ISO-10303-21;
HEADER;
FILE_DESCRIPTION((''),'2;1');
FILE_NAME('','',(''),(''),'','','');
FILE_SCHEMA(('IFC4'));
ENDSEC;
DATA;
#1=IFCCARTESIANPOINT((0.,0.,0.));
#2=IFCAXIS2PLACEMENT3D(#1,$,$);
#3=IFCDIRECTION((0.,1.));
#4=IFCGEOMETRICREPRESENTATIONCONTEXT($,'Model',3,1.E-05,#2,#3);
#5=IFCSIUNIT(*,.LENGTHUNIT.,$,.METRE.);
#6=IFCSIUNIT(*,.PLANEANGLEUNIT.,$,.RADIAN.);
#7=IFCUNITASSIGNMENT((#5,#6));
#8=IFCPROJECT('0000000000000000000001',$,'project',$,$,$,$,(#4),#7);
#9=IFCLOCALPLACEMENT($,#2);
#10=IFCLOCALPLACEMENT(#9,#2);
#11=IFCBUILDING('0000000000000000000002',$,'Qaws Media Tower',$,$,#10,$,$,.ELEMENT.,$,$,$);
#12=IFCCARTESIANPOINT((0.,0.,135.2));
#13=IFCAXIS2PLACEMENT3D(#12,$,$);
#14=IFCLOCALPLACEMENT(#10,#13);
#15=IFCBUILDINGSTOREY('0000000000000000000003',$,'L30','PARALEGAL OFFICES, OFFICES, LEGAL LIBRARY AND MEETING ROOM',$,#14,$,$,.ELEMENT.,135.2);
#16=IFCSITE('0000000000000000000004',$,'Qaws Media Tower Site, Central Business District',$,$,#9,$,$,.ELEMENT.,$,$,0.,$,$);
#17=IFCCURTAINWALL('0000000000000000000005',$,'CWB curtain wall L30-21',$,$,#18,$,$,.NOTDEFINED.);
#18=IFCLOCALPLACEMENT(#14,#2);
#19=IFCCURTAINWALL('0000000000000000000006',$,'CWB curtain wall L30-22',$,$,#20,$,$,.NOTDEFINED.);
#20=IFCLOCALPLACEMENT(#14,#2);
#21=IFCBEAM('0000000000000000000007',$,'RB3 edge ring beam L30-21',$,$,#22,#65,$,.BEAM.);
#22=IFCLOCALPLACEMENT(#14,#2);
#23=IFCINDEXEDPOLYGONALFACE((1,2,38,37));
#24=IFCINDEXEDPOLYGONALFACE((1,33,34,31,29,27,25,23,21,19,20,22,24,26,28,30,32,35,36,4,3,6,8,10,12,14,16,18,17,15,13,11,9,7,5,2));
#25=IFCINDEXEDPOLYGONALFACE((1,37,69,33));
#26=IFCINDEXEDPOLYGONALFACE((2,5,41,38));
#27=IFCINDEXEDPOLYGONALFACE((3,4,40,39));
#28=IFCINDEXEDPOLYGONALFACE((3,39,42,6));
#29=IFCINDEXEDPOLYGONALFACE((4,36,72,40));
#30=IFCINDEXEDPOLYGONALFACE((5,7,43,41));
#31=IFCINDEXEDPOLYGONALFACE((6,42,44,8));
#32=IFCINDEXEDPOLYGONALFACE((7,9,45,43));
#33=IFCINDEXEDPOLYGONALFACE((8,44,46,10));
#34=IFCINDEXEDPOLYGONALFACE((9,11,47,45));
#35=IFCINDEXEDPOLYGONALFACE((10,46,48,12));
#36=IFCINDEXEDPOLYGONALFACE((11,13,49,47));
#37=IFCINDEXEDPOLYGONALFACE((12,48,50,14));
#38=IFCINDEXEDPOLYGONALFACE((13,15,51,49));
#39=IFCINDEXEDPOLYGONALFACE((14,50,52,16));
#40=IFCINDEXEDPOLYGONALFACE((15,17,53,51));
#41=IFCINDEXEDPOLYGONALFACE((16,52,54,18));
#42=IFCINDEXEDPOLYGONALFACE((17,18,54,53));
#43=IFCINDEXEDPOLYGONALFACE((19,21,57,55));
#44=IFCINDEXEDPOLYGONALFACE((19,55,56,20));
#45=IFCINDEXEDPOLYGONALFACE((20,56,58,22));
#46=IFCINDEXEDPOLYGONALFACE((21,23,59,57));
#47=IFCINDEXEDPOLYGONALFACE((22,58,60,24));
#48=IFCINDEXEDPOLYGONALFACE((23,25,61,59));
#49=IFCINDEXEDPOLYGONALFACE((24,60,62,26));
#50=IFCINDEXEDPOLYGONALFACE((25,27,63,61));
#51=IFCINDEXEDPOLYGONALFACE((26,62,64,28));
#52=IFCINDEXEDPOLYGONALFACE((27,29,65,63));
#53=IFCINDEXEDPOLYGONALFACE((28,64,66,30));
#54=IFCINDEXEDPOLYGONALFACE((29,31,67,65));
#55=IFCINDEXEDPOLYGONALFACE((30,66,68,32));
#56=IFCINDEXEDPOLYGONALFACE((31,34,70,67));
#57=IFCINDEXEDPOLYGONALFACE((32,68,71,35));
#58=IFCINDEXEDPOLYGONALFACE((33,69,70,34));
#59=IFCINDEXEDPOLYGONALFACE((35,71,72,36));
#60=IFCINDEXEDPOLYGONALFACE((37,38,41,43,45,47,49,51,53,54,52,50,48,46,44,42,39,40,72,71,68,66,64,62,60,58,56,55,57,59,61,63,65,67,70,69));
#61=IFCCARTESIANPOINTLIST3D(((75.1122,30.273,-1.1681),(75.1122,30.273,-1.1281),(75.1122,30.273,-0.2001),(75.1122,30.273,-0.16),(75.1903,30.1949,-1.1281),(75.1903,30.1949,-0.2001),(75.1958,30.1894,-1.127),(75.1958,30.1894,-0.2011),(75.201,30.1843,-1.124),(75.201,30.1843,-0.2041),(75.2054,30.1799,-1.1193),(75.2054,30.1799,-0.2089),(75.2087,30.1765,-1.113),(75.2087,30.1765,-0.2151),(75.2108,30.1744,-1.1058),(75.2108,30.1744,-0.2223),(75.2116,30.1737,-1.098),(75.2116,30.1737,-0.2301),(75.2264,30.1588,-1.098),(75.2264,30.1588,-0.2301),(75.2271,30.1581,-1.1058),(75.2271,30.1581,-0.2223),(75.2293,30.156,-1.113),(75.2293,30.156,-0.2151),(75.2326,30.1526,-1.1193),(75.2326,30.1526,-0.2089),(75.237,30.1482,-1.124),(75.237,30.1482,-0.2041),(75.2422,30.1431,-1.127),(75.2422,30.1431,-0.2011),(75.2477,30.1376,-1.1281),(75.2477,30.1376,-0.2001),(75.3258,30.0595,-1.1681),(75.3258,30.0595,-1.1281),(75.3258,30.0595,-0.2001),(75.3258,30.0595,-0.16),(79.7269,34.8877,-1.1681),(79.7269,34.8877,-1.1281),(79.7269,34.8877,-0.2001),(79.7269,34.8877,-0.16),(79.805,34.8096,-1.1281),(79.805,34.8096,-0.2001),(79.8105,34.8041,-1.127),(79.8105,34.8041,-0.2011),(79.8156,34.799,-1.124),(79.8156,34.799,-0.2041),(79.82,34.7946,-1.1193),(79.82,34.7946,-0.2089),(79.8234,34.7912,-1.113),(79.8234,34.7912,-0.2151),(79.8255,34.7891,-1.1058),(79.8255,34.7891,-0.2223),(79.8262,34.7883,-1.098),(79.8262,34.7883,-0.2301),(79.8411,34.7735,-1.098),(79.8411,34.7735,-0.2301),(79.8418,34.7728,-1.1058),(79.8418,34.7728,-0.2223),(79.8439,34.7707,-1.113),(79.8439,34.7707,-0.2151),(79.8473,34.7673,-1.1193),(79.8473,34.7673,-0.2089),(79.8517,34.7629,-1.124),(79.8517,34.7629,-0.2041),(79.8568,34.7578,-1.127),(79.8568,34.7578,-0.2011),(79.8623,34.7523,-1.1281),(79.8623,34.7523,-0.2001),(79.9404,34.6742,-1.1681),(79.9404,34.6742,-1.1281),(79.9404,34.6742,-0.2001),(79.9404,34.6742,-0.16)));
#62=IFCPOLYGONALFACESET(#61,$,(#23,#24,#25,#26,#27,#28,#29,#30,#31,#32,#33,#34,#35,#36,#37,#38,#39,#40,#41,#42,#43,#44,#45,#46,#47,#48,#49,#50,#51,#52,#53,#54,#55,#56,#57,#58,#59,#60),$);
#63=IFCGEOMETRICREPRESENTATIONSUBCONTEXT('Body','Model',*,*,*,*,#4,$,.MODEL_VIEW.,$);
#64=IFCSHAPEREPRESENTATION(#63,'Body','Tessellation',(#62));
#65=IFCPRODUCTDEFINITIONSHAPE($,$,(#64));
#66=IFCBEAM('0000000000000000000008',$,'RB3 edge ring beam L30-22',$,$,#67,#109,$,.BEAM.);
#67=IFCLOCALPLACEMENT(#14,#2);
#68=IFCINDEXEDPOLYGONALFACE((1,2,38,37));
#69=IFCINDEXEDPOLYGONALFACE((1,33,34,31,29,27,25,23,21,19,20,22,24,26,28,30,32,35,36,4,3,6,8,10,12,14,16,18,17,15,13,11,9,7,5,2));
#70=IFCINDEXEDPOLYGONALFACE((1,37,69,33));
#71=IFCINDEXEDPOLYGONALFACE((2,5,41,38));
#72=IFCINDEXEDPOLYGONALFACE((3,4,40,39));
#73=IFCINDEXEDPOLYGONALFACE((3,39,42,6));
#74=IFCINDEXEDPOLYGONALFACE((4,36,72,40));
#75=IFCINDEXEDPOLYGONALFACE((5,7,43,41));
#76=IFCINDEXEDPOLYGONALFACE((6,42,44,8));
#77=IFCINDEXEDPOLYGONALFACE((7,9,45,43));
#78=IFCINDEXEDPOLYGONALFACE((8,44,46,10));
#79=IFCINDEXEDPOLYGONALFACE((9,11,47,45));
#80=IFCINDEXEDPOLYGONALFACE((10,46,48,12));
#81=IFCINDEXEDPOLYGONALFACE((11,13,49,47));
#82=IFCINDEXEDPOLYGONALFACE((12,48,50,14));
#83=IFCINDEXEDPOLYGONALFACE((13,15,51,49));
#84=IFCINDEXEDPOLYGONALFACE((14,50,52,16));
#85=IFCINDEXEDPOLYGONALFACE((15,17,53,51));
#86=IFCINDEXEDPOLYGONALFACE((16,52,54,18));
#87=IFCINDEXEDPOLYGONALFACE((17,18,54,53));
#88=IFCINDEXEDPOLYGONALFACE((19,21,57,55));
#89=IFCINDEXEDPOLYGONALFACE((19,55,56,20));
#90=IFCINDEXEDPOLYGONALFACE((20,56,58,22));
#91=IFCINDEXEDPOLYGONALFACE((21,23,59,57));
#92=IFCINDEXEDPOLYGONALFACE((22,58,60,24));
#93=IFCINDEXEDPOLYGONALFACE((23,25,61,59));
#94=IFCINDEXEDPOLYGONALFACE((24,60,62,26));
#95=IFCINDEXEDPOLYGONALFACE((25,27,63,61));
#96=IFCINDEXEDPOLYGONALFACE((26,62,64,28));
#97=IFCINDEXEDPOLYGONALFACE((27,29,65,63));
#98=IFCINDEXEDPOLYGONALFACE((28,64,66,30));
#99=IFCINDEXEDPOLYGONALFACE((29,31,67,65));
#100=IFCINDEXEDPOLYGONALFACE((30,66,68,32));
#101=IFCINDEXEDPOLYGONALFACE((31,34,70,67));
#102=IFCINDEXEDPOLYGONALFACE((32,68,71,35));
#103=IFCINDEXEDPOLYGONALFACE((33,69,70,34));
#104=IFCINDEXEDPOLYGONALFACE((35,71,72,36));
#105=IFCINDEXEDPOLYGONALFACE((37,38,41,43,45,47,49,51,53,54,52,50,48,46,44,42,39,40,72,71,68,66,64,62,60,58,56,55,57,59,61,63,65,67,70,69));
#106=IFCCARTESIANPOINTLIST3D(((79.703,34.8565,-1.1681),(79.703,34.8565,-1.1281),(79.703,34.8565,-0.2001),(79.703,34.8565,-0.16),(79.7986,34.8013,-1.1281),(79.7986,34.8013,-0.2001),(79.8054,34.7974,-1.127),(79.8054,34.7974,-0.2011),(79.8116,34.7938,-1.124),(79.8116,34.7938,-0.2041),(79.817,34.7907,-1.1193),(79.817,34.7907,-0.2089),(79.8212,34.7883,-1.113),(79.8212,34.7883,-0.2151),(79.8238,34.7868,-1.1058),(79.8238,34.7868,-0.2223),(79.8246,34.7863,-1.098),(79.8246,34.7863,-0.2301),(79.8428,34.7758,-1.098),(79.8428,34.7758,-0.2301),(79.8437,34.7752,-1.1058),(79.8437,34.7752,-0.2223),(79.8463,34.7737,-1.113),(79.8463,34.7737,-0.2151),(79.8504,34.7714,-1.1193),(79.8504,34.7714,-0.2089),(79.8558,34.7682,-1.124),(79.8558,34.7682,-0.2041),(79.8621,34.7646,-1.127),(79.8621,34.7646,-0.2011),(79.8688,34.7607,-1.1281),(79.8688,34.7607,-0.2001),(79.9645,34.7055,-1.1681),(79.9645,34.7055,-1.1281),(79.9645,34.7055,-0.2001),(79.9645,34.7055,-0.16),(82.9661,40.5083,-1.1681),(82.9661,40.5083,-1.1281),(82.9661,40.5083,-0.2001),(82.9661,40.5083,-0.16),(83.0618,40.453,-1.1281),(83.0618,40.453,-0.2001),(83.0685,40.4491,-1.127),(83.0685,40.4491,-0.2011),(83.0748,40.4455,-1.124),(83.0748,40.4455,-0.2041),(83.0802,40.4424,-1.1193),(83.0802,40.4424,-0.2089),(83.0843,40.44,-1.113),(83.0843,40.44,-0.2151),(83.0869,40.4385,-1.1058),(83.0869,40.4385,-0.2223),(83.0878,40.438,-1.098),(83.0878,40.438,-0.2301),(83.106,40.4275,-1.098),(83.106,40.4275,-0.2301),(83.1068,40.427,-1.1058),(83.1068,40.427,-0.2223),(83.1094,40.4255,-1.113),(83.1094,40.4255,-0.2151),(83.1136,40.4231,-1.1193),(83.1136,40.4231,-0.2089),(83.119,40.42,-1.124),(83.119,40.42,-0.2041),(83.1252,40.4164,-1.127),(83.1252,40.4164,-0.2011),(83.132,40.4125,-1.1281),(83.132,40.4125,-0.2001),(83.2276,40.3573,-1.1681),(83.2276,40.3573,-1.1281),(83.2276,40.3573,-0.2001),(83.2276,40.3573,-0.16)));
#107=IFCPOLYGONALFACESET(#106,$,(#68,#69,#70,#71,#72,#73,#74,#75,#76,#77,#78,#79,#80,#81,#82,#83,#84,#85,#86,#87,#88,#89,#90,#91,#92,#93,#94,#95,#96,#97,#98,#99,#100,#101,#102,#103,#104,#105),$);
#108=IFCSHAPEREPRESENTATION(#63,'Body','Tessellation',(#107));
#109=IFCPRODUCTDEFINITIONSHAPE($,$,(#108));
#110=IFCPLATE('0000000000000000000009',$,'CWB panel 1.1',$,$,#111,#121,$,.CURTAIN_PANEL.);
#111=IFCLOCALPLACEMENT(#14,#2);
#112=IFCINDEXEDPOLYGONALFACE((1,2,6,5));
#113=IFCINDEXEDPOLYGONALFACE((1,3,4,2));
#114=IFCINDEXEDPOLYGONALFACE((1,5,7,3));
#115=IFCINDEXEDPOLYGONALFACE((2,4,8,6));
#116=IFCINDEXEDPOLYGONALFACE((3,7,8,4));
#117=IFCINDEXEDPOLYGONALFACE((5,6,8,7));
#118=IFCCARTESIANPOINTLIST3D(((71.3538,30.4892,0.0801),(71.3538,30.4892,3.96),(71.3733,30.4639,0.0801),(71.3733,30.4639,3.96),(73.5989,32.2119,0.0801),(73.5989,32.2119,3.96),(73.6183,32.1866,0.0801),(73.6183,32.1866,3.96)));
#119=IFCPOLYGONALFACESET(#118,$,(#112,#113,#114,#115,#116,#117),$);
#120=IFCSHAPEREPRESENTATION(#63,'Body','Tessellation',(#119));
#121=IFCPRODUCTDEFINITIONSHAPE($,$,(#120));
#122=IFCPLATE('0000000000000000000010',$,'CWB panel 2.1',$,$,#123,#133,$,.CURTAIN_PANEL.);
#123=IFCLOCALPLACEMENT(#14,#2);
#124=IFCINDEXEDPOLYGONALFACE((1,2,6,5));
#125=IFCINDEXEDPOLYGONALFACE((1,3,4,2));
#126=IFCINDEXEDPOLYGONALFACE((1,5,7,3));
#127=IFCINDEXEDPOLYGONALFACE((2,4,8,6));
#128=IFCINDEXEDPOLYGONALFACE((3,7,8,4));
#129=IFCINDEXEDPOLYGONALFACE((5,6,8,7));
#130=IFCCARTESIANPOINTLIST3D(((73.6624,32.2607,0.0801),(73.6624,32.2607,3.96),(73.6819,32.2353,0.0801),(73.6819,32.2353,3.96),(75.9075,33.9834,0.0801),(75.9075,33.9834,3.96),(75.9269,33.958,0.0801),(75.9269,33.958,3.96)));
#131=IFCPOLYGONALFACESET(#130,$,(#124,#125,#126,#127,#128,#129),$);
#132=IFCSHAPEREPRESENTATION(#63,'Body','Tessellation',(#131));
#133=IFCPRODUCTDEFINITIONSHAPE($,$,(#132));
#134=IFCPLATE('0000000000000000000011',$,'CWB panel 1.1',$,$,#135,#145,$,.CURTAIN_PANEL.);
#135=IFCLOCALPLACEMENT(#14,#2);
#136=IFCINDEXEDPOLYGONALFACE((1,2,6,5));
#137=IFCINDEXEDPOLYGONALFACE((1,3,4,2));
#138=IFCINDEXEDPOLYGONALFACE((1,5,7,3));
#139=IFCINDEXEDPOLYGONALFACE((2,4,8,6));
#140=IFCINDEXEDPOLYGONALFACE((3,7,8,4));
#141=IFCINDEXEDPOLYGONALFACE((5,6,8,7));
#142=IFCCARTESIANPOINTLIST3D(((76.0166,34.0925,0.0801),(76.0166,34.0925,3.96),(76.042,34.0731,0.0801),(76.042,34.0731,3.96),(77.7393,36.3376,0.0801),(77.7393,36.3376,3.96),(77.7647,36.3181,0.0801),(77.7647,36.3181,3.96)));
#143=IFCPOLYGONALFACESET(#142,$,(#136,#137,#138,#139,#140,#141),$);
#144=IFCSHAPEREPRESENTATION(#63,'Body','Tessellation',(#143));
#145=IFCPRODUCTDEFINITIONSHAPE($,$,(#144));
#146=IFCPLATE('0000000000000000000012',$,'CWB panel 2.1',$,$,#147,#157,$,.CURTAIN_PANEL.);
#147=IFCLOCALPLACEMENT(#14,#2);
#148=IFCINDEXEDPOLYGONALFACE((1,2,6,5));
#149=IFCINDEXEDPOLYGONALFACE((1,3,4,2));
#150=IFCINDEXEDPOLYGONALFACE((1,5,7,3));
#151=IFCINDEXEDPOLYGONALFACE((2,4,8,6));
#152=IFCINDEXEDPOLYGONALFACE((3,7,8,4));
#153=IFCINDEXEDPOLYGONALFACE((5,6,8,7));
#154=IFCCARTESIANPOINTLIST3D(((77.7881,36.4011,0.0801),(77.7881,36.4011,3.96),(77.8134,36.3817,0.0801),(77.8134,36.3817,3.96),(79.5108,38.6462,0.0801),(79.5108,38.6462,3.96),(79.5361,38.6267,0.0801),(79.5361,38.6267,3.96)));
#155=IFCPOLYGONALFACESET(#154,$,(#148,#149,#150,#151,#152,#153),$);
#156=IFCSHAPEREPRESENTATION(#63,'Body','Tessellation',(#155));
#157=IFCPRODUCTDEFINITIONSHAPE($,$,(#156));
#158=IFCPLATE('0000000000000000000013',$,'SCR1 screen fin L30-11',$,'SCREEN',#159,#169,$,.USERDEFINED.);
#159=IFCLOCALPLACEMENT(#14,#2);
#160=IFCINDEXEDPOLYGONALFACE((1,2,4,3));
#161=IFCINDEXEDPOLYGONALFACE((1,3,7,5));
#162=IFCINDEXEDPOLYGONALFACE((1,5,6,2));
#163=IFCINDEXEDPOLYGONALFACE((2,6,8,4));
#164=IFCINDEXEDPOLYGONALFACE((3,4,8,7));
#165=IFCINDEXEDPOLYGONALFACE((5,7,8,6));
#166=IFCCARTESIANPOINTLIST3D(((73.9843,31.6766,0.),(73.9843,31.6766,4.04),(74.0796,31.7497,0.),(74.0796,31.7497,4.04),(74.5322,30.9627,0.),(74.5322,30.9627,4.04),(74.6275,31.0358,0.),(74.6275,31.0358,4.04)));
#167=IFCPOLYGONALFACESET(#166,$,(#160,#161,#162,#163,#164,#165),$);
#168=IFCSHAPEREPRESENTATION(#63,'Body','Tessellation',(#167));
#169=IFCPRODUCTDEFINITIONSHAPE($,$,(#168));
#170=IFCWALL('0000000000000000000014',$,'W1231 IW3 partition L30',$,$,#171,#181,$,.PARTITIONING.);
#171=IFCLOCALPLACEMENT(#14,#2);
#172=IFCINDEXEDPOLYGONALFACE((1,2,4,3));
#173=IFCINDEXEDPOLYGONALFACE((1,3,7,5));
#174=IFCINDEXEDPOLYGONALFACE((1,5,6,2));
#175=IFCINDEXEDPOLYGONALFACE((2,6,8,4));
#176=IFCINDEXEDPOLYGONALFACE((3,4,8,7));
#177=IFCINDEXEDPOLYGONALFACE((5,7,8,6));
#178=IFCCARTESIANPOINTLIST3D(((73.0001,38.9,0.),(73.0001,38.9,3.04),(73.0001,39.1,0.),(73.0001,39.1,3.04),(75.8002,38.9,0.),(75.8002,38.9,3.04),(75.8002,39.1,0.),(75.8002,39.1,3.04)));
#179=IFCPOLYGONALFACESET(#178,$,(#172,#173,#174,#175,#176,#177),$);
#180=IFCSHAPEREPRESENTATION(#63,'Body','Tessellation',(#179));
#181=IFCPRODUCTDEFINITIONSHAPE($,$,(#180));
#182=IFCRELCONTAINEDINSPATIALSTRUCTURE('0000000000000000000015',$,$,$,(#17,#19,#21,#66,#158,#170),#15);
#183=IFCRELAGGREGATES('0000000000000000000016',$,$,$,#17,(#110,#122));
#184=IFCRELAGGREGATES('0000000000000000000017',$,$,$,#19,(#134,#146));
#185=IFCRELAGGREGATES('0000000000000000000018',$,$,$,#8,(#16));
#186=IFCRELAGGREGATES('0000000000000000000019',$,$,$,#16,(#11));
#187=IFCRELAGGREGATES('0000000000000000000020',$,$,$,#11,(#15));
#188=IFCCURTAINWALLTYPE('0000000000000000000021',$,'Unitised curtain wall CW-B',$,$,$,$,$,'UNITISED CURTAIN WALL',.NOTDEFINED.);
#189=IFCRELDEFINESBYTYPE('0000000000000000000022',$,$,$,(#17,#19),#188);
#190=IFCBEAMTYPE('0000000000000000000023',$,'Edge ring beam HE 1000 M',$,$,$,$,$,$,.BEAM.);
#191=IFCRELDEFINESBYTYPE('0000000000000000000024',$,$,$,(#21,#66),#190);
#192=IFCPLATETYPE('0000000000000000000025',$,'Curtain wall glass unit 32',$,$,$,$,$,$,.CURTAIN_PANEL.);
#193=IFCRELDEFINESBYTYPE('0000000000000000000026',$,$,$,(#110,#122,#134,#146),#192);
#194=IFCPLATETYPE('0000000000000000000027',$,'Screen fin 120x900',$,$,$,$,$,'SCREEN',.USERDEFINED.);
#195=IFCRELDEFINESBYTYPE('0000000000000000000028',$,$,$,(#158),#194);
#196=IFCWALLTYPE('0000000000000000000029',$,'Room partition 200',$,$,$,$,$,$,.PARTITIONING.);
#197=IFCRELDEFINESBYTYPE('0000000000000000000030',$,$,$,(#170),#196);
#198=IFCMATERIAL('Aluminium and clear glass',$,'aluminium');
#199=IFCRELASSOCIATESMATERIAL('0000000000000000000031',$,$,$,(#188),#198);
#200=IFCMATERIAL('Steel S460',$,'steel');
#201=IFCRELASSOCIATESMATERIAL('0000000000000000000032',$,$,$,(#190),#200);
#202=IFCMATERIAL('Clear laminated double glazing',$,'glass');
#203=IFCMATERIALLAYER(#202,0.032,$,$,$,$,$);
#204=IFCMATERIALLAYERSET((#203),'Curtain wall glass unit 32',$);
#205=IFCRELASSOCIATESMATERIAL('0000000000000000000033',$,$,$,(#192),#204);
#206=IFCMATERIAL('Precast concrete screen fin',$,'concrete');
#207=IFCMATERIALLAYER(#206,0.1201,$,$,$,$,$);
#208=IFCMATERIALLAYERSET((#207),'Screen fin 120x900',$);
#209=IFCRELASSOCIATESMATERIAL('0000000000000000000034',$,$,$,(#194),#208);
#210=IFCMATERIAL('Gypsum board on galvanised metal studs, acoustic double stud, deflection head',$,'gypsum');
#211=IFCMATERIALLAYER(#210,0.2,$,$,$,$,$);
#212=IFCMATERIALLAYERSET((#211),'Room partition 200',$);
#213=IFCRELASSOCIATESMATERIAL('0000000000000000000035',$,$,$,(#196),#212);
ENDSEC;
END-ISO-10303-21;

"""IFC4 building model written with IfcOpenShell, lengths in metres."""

from ifc_helpers import new_model, si_unit, direction, frame, frame_2d, origin, origin_2d, place, context, subcontext, project, spatial, rectangle, i_section, extrude, material, layer, layer_set, material_profile, profile_set, type_object, element, aggregate, save


model = new_model("IFC4")

# Units and contexts
model_context = context("Model", 3, precision=1e-05, world=origin(), true_north=direction((0.0, 1.0)))
body_context = subcontext(model_context, "Body", "Model", "MODEL_VIEW")
ifc_project = project(units=[si_unit("LENGTHUNIT", "METRE"), si_unit("PLANEANGLEUNIT", "RADIAN")], contexts=[model_context])

# Site, building, storey
site_placement = place(None, origin())
site = spatial("IfcSite", under=ifc_project, at=site_placement, Name="Qaws Media Tower Site, Central Business District", CompositionType="ELEMENT", RefElevation=0.0)
building_placement = place(site_placement, origin())
building = spatial("IfcBuilding", under=site, at=building_placement, Name="Qaws Media Tower", CompositionType="ELEMENT")
storey_placement = place(building_placement, frame((0.0, 0.0, 135.2)))
storey = spatial("IfcBuildingStorey", under=building, at=storey_placement, Name="L30", Description="PARALEGAL OFFICES, OFFICES, LEGAL LIBRARY AND MEETING ROOM", CompositionType="ELEMENT", Elevation=135.2)

# Curtain walls
ifc_material_1 = material(Name="Aluminium and clear glass", Category="aluminium")
curtain_wall_type = type_object("IfcCurtainWallType", Name="Unitised curtain wall CW-B", ElementType="UNITISED CURTAIN WALL", PredefinedType="NOTDEFINED", material=ifc_material_1)
curtain_wall_1_placement = place(storey_placement, origin())
curtain_wall_1 = element("IfcCurtainWall", 1, at=curtain_wall_1_placement, inside=storey, type_object=curtain_wall_type, Name="CWB curtain wall L30-21", PredefinedType="NOTDEFINED")
curtain_wall_2_placement = place(storey_placement, origin())
curtain_wall_2 = element("IfcCurtainWall", 2, at=curtain_wall_2_placement, inside=storey, type_object=curtain_wall_type, Name="CWB curtain wall L30-22", PredefinedType="NOTDEFINED")

# Beams
ifc_material_2 = material(Name="Steel S460", Category="steel")
ifc_material_profile_1 = material_profile(ifc_material_2, i_section(OverallWidth=0.302, OverallDepth=1.0081, WebThickness=0.021, FlangeThickness=0.04, FilletRadius=0.03, at=origin_2d()), Name="HE 1000 M")
ifc_profile_set_1 = profile_set([ifc_material_profile_1], Name="Steel S460")
beam_type = type_object("IfcBeamType", Name="Edge ring beam HE 1000 M", PredefinedType="BEAM", material=ifc_profile_set_1)
for number, where, z_axis, x_axis, name in (
    (3, (75.219, 30.1663, -0.6641), (0.707107, 0.707107, 0.0), (-0.707107, 0.707107, 0.0), "RB3 edge ring beam L30-21"),
    (4, (79.8337, 34.781, -0.6641), (0.50001, 0.86602, 0.0), (-0.86602, 0.50001, 0.0), "RB3 edge ring beam L30-22"),
):
    element("IfcBeam", number, at=place(storey_placement, frame(where, z_axis=z_axis, x_axis=x_axis)), inside=storey, type_object=beam_type, Name=name, PredefinedType="BEAM", context=body_context, shape_type="SweptSolid", body=[
        extrude(i_section(OverallWidth=0.302, OverallDepth=1.0081, WebThickness=0.021, FlangeThickness=0.04, FilletRadius=0.03, at=origin_2d()), origin(), (0.0, 0.0, 1.0), 6.5261),
    ])

# Plates
ifc_material_3 = material(Name="Clear laminated double glazing", Category="glass")
ifc_layer_1 = layer(ifc_material_3, 0.032)
ifc_layer_set_1 = layer_set([ifc_layer_1], Name="Curtain wall glass unit 32")
plate_type_1 = type_object("IfcPlateType", Name="Curtain wall glass unit 32", PredefinedType="CURTAIN_PANEL", material=ifc_layer_set_1)
plate_1_placement = place(storey_placement, frame((72.4861, 31.3379, 0.0801), z_axis=(0.0, 0.0, 1.0), x_axis=(0.793353, 0.608761, 0.0)))
plate_1 = element("IfcPlate", 5, at=plate_1_placement, type_object=plate_type_1, Name="CWB panel 1.1", PredefinedType="CURTAIN_PANEL", context=body_context, shape_type="SweptSolid", body=[
    extrude(rectangle(XDim=2.8298, YDim=0.032, at=origin_2d()), origin(), (0.0, 0.0, 1.0), 3.8799),
])
plate_2_placement = place(storey_placement, frame((74.7947, 33.1094, 0.0801), z_axis=(0.0, 0.0, 1.0), x_axis=(0.793353, 0.608761, 0.0)))
plate_2 = element("IfcPlate", 6, at=plate_2_placement, type_object=plate_type_1, Name="CWB panel 2.1", PredefinedType="CURTAIN_PANEL", context=body_context, shape_type="SweptSolid", body=[
    extrude(rectangle(XDim=2.8298, YDim=0.032, at=origin_2d()), origin(), (0.0, 0.0, 1.0), 3.8799),
])
aggregate(curtain_wall_1, [plate_1, plate_2])
plate_3_placement = place(storey_placement, frame((76.8906, 35.2053, 0.0801), z_axis=(0.0, 0.0, 1.0), x_axis=(0.608761, 0.793353, 0.0)))
plate_3 = element("IfcPlate", 7, at=plate_3_placement, type_object=plate_type_1, Name="CWB panel 1.1", PredefinedType="CURTAIN_PANEL", context=body_context, shape_type="SweptSolid", body=[
    extrude(rectangle(XDim=2.8298, YDim=0.032, at=origin_2d()), origin(), (0.0, 0.0, 1.0), 3.8799),
])
plate_4_placement = place(storey_placement, frame((78.6621, 37.5139, 0.0801), z_axis=(0.0, 0.0, 1.0), x_axis=(0.608761, 0.793353, 0.0)))
plate_4 = element("IfcPlate", 8, at=plate_4_placement, type_object=plate_type_1, Name="CWB panel 2.1", PredefinedType="CURTAIN_PANEL", context=body_context, shape_type="SweptSolid", body=[
    extrude(rectangle(XDim=2.8298, YDim=0.032, at=origin_2d()), origin(), (0.0, 0.0, 1.0), 3.8799),
])
aggregate(curtain_wall_2, [plate_3, plate_4])
ifc_material_4 = material(Name="Precast concrete screen fin", Category="concrete")
ifc_layer_2 = layer(ifc_material_4, 0.1201)
ifc_layer_set_2 = layer_set([ifc_layer_2], Name="Screen fin 120x900")
plate_type_2 = type_object("IfcPlateType", Name="Screen fin 120x900", ElementType="SCREEN", PredefinedType="USERDEFINED", material=ifc_layer_set_2)
plate_5_placement = place(storey_placement, frame((74.3059, 31.3562, 0.0), z_axis=(0.0, 0.0, 1.0), x_axis=(0.608761, -0.793353, 0.0)))
element("IfcPlate", 9, at=plate_5_placement, inside=storey, type_object=plate_type_2, Name="SCR1 screen fin L30-11", ObjectType="SCREEN", PredefinedType="USERDEFINED", context=body_context, shape_type="SweptSolid", body=[
    extrude(rectangle(XDim=0.8999, YDim=0.1201, at=origin_2d()), origin(), (0.0, 0.0, 1.0), 4.04),
])

# Wall
ifc_material_5 = material(Name="Gypsum board on galvanised metal studs, acoustic double stud, deflection head", Category="gypsum")
ifc_layer_3 = layer(ifc_material_5, 0.2)
ifc_layer_set_3 = layer_set([ifc_layer_3], Name="Room partition 200")
wall_type = type_object("IfcWallType", Name="Room partition 200", PredefinedType="PARTITIONING", material=ifc_layer_set_3)
wall_1_placement = place(storey_placement, frame((75.8, 39.0, 0.0), z_axis=(0.0, 0.0, 1.0), x_axis=(-1.0, 0.0, 0.0)))
element("IfcWall", 10, at=wall_1_placement, inside=storey, type_object=wall_type, Name="W1231 IW3 partition L30", PredefinedType="PARTITIONING", context=body_context, shape_type="SweptSolid", body=[
    extrude(rectangle(XDim=2.8, YDim=0.2, at=frame_2d((1.3999, 0.0))), origin(), (0.0, 0.0, 1.0), 3.04),
])

save(model, "model.ifc")
